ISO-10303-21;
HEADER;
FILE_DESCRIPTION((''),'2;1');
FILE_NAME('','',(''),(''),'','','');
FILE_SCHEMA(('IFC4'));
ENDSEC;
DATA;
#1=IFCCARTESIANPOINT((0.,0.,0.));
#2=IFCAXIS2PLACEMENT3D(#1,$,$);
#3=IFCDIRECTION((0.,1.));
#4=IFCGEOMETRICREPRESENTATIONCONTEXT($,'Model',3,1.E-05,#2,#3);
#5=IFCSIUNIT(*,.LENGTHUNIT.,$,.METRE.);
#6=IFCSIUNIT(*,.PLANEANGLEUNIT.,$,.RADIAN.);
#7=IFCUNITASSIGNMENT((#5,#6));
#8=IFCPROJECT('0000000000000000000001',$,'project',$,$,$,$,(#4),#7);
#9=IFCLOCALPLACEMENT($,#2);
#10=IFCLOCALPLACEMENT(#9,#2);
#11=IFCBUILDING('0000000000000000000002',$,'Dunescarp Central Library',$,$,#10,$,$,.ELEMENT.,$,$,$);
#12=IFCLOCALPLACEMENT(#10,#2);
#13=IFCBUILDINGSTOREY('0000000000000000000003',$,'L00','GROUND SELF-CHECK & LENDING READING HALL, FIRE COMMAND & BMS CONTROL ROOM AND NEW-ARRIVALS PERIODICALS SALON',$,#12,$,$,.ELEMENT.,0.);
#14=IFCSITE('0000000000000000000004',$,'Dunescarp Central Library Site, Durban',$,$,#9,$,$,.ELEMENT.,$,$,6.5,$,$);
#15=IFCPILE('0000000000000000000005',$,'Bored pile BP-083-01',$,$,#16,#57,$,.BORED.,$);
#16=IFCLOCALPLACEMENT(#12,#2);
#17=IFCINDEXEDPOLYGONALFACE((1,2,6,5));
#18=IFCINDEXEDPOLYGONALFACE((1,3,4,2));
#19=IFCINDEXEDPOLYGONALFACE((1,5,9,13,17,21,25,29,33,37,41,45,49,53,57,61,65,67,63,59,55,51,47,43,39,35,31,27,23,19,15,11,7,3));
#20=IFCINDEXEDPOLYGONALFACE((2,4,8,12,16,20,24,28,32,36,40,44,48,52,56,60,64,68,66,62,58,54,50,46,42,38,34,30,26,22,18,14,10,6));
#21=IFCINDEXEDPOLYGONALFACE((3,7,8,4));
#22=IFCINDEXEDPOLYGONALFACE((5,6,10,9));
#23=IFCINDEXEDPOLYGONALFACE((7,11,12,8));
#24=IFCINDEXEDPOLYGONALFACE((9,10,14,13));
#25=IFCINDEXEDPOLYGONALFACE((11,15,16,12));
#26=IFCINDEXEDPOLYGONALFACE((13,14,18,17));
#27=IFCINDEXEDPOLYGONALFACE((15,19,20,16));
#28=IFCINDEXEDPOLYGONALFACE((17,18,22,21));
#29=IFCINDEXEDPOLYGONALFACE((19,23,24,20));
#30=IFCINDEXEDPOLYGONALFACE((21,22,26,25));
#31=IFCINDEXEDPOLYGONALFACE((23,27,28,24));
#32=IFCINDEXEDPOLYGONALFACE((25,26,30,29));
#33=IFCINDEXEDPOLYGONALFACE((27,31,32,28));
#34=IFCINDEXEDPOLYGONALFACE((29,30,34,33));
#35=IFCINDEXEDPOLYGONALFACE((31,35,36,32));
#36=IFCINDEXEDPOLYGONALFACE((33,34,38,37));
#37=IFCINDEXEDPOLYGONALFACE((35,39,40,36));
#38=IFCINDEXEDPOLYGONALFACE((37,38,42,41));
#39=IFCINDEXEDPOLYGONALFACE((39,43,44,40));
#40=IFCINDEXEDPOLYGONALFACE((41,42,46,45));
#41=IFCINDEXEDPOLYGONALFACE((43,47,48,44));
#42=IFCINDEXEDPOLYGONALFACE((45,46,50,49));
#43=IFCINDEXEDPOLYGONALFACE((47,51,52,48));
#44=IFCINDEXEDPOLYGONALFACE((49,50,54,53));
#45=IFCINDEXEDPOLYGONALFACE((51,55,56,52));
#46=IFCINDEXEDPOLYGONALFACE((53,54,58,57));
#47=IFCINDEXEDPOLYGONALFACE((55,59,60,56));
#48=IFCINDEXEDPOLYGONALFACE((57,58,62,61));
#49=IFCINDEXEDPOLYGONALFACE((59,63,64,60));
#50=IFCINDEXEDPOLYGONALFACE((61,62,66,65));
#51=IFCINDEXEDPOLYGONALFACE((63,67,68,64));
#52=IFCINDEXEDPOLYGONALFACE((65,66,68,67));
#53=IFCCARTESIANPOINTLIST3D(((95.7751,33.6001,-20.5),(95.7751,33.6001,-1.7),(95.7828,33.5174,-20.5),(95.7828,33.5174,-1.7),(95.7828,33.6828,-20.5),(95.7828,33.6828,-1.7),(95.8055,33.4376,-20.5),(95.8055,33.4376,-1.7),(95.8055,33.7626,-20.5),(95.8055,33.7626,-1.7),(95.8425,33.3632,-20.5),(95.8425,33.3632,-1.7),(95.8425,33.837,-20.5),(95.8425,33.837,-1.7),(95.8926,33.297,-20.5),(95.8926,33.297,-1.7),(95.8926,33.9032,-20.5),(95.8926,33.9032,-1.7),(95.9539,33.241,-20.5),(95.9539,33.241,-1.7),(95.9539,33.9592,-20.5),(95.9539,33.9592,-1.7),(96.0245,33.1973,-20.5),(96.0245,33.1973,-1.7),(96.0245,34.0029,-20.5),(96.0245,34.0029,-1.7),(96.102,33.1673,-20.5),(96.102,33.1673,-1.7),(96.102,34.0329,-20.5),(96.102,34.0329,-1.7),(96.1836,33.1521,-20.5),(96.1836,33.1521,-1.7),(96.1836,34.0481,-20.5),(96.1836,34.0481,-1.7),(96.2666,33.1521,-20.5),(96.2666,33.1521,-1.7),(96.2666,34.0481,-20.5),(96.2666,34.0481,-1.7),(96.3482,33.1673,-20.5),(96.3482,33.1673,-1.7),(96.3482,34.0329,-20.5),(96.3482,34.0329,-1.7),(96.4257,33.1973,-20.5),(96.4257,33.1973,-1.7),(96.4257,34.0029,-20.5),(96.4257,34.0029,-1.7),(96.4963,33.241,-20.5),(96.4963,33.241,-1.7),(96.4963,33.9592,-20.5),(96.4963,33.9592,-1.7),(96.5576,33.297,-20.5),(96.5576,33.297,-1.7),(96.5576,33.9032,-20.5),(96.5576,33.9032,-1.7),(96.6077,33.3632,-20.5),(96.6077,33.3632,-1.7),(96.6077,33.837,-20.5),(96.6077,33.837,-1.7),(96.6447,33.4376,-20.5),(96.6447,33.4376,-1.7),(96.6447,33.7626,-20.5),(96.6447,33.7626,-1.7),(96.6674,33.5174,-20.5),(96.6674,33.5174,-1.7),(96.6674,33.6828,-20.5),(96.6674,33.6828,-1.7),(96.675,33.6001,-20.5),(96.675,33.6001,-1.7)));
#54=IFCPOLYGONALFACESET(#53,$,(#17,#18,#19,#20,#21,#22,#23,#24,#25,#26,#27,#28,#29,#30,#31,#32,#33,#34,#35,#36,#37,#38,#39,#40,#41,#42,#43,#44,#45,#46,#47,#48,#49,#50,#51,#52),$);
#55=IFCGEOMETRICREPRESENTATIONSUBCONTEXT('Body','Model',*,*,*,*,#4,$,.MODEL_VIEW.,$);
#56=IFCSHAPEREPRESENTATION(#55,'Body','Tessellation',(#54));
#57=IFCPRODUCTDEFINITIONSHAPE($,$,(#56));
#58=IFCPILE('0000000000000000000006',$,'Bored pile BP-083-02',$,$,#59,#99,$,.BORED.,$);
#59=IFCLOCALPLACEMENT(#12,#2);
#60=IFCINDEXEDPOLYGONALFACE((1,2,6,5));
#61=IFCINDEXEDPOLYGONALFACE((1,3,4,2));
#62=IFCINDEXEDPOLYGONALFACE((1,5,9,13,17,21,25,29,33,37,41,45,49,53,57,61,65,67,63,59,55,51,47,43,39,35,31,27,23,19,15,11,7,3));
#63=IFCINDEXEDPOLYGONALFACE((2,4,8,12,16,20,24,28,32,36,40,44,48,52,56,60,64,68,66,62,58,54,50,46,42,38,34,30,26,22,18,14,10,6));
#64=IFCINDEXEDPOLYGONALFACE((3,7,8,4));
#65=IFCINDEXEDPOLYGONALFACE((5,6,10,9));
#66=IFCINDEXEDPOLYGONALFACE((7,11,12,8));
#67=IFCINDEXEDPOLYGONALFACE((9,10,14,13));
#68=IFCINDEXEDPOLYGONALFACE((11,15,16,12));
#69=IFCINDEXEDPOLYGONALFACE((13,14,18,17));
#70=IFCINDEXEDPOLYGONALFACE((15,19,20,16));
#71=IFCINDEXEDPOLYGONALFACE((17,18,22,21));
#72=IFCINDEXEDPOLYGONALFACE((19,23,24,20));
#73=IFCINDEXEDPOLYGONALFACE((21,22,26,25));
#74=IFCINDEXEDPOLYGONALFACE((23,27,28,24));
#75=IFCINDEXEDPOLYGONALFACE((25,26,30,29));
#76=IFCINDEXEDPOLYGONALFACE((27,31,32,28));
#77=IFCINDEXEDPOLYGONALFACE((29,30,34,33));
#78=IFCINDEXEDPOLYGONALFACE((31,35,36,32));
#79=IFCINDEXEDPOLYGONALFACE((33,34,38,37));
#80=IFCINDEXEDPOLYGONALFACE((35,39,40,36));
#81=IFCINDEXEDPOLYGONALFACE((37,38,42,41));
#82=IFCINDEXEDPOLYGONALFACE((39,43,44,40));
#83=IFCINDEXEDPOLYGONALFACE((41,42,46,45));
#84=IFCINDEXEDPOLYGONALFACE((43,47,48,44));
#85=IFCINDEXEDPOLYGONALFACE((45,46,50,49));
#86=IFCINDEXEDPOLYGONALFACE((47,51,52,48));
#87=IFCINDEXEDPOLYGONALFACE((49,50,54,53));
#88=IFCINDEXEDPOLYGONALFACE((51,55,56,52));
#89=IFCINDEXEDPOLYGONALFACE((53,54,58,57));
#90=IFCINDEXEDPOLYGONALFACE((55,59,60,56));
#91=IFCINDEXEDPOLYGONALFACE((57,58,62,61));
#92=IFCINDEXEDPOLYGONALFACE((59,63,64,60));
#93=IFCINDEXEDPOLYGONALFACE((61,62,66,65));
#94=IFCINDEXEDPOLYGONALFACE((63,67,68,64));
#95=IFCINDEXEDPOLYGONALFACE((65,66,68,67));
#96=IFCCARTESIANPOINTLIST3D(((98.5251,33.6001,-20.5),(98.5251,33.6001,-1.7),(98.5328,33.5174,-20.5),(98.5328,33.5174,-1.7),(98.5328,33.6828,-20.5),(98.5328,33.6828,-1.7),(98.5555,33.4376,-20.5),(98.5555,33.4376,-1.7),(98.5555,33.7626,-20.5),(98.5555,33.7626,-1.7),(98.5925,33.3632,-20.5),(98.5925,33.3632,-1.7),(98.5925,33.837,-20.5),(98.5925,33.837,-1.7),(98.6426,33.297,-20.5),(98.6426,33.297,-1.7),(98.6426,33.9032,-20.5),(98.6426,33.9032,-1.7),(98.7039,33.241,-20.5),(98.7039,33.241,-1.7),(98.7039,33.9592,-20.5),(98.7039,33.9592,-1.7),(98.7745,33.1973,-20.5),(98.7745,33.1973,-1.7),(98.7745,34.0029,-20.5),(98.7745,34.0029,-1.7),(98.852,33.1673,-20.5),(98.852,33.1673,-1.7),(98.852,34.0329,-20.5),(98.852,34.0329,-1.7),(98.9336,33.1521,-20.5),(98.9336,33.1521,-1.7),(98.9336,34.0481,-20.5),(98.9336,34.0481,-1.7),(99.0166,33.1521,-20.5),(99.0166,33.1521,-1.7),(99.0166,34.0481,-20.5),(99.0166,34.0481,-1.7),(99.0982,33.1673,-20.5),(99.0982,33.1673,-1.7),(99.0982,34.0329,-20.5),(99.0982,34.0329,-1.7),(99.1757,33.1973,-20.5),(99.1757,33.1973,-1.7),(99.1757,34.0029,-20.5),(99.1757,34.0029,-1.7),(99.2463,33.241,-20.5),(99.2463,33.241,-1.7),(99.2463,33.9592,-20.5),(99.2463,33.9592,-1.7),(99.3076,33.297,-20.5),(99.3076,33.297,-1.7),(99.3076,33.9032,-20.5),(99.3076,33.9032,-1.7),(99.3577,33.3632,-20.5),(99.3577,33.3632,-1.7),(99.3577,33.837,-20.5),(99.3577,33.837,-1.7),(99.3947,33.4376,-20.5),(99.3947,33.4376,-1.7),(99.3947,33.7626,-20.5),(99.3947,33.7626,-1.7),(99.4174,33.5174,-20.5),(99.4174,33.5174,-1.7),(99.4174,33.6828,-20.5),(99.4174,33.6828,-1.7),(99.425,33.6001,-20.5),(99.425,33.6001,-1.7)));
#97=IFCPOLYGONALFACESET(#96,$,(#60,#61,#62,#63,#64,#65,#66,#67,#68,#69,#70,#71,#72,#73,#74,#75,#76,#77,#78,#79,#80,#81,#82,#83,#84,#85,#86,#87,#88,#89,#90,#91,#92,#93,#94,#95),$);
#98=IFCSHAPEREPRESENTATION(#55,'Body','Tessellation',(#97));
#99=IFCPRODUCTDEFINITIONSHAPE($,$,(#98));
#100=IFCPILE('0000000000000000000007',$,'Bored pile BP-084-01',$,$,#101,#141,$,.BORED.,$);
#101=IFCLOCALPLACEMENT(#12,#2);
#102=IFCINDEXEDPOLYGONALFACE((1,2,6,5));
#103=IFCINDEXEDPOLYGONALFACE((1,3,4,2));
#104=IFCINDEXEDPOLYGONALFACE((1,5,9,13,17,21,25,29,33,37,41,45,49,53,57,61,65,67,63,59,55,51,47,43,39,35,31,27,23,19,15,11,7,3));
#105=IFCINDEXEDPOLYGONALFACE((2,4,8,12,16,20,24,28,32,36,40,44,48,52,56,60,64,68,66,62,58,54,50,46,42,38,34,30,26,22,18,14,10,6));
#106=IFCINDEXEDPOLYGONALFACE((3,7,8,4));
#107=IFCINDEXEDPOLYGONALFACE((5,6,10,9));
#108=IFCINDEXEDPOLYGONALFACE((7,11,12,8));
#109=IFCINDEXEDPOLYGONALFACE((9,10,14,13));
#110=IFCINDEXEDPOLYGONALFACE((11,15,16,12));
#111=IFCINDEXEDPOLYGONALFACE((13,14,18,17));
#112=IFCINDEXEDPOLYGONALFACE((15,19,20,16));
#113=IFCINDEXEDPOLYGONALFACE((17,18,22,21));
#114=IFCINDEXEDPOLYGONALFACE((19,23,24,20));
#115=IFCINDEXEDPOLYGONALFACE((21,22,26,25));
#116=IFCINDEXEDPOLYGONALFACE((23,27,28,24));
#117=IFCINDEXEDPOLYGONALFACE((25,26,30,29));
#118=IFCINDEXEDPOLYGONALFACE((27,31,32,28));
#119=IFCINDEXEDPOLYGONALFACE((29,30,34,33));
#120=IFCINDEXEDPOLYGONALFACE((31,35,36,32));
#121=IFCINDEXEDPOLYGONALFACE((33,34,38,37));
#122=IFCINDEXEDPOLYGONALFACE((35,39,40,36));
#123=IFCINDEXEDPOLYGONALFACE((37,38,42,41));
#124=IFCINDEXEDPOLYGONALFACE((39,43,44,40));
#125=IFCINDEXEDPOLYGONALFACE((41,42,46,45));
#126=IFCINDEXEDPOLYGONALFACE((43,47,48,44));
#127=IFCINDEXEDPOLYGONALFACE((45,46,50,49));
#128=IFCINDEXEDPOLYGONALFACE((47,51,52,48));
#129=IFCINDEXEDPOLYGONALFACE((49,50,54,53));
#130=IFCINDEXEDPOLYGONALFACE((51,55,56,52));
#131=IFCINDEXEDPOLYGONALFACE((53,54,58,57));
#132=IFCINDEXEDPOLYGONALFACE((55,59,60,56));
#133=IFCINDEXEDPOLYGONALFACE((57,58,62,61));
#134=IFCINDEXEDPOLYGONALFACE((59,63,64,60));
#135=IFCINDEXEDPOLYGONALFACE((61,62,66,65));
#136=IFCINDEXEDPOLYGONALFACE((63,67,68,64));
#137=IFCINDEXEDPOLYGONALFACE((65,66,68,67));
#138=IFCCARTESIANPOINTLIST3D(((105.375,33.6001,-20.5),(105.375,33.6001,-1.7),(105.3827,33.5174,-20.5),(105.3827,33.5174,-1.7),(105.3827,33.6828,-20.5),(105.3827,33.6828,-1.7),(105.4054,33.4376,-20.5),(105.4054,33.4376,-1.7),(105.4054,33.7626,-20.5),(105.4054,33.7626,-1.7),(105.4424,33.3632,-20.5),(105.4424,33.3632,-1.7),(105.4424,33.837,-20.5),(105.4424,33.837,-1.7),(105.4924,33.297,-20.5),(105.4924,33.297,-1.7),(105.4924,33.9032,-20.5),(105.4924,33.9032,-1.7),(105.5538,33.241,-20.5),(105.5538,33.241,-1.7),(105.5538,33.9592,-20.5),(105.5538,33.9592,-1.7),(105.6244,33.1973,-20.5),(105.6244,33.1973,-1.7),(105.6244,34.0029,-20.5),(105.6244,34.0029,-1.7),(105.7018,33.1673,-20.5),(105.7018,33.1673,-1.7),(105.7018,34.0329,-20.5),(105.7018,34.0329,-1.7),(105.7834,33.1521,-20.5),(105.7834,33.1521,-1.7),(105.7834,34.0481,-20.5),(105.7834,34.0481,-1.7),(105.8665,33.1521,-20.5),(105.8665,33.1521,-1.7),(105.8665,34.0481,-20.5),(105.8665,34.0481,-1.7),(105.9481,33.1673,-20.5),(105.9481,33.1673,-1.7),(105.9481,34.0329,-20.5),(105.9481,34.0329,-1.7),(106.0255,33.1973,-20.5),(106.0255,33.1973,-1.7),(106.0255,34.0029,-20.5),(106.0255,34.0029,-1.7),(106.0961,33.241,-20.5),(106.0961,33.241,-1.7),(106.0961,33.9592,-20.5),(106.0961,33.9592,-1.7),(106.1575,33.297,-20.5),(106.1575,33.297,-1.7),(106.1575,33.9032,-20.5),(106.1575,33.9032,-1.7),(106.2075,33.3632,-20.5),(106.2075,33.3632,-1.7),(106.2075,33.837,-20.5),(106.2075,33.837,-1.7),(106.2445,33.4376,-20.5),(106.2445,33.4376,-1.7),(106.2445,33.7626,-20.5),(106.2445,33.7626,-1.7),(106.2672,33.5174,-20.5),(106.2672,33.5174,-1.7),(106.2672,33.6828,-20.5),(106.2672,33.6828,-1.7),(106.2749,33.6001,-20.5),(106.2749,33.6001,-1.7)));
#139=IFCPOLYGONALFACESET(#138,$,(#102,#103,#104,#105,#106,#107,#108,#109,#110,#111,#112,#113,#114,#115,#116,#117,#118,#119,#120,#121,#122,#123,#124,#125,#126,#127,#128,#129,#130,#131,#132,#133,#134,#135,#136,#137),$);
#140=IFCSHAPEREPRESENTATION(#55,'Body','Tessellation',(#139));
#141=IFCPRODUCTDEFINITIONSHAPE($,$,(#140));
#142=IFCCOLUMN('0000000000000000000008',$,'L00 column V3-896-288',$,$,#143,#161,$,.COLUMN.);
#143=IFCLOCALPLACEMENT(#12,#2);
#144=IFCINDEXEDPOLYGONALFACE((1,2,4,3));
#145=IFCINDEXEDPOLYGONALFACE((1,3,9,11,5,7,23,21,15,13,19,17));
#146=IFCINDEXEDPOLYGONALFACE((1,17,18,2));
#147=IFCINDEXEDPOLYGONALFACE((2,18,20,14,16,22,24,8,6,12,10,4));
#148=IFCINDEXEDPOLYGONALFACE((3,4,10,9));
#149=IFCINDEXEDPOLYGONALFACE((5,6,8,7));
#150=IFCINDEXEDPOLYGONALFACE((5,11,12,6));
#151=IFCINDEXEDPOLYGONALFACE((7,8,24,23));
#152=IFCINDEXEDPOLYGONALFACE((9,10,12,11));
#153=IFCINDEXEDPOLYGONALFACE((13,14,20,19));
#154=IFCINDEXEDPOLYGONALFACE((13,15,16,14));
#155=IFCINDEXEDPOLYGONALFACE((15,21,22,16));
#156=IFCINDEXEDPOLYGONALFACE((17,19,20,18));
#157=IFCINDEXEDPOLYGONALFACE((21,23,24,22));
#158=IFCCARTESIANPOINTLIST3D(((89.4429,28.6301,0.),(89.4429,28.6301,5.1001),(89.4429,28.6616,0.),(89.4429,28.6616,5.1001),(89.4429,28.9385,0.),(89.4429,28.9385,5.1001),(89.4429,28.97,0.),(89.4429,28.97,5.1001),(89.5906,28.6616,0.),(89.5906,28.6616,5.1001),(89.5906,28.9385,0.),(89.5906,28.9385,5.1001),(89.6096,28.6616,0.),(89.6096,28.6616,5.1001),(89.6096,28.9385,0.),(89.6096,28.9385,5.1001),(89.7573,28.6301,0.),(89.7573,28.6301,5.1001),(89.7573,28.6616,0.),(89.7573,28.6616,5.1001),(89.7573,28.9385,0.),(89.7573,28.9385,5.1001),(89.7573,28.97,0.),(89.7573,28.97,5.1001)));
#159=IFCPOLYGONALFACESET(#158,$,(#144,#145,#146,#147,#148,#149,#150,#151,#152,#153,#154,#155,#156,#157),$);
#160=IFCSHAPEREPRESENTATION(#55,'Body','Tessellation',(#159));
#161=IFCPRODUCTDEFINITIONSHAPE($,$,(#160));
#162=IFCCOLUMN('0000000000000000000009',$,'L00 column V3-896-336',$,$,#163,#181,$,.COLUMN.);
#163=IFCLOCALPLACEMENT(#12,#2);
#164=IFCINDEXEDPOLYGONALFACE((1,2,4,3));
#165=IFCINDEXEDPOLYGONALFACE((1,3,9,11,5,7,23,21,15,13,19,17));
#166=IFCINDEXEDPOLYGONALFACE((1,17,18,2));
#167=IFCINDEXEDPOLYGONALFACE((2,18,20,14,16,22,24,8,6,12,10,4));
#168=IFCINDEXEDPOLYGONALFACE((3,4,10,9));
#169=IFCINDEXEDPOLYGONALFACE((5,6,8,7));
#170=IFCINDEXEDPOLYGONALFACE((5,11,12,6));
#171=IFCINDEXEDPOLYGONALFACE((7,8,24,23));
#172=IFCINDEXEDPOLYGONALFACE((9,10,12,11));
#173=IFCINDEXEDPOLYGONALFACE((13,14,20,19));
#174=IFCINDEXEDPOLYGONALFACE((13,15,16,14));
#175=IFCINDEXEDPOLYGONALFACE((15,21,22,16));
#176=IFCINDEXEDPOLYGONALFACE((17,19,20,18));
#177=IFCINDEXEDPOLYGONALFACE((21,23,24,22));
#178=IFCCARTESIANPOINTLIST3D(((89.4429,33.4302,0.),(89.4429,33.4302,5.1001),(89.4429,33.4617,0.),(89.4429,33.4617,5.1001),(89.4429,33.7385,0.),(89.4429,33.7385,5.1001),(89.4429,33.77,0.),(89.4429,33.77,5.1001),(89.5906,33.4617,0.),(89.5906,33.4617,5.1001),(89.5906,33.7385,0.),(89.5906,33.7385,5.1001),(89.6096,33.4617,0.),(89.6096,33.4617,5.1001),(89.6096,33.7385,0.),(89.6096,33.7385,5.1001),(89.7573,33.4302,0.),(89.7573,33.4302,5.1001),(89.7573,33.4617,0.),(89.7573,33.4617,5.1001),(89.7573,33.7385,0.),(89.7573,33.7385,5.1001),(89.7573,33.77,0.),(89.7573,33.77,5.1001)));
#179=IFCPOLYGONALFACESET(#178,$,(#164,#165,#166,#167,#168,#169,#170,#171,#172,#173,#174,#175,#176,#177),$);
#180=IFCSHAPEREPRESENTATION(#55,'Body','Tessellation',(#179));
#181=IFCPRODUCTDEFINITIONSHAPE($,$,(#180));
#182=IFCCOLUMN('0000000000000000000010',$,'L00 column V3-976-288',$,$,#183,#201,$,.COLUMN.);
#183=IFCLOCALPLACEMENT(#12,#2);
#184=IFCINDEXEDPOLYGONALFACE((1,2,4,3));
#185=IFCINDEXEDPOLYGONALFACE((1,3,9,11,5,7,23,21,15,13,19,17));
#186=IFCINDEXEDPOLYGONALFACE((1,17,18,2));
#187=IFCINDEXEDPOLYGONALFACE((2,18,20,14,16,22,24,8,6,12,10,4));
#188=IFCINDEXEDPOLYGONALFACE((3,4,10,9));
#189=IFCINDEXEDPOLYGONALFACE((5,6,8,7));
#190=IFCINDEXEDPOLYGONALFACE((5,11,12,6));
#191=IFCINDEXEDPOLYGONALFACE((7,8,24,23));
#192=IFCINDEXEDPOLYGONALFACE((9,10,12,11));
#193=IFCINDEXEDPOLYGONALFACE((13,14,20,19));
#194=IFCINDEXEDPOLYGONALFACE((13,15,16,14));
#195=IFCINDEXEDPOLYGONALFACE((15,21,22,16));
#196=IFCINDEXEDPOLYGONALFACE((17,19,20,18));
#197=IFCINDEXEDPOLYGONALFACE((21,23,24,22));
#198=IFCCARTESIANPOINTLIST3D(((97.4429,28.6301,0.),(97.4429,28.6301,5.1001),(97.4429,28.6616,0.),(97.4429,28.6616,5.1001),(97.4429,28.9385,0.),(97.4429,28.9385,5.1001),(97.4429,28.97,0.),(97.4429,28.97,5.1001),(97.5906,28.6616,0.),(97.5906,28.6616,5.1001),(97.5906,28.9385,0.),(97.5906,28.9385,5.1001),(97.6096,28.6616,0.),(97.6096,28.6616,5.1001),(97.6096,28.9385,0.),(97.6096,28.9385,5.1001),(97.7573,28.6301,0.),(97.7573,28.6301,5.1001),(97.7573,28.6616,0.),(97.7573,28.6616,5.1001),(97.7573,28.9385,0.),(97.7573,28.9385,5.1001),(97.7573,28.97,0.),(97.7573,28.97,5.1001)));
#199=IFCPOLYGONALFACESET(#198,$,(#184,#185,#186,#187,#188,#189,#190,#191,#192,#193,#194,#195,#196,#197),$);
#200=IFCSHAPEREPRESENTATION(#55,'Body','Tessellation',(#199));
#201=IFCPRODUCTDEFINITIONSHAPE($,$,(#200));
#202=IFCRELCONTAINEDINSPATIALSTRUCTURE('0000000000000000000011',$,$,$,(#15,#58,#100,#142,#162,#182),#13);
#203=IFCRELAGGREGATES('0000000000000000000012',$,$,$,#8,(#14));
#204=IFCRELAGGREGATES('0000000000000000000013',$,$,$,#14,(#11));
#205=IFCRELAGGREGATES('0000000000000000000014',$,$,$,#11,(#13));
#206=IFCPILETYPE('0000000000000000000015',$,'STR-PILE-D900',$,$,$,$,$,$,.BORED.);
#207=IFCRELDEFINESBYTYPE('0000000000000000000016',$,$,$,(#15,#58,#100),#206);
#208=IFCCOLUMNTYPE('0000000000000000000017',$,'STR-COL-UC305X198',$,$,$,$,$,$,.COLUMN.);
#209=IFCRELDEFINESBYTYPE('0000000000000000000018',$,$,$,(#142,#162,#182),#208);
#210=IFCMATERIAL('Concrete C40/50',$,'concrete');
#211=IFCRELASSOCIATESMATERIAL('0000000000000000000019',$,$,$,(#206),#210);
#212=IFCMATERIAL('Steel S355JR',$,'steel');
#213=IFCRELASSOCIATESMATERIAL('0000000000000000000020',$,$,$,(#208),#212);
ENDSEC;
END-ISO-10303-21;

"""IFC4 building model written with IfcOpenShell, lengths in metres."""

from ifc_helpers import new_model, si_unit, direction, frame, origin, origin_2d, place, context, subcontext, project, spatial, circle, i_section, extrude, material, material_profile, profile_set, type_object, element, save


model = new_model("IFC4")

# Units and contexts
model_context = context("Model", 3, precision=1e-05, world=origin(), true_north=direction((0.0, 1.0)))
body_context = subcontext(model_context, "Body", "Model", "MODEL_VIEW")
ifc_project = project(units=[si_unit("LENGTHUNIT", "METRE"), si_unit("PLANEANGLEUNIT", "RADIAN")], contexts=[model_context])

# Site, building, storey
site_placement = place(None, origin())
site = spatial("IfcSite", under=ifc_project, at=site_placement, Name="Dunescarp Central Library Site, Durban", CompositionType="ELEMENT", RefElevation=6.5)
building_placement = place(site_placement, origin())
building = spatial("IfcBuilding", under=site, at=building_placement, Name="Dunescarp Central Library", CompositionType="ELEMENT")
storey_placement = place(building_placement, origin())
storey = spatial("IfcBuildingStorey", under=building, at=storey_placement, Name="L00", Description="GROUND SELF-CHECK & LENDING READING HALL, FIRE COMMAND & BMS CONTROL ROOM AND NEW-ARRIVALS PERIODICALS SALON", CompositionType="ELEMENT", Elevation=0.0)

# Shared definitions
ifc_material_1 = material(Name="Concrete C40/50", Category="concrete")

# Piles
ifc_material_profile_1 = material_profile(ifc_material_1, circle(Radius=0.45, at=origin_2d()), Name="PILE D900")
ifc_profile_set_1 = profile_set([ifc_material_profile_1], Name="Concrete C40/50")
pile_type = type_object("IfcPileType", Name="STR-PILE-D900", PredefinedType="BORED", material=ifc_profile_set_1)
for number, where, z_axis, x_axis, name in (
    (1, (96.2251, 33.6001, -1.7), (0.0, 0.0, -1.0), (1.0, 0.0, 0.0), "Bored pile BP-083-01"),
    (2, (98.9751, 33.6001, -1.7), (0.0, 0.0, -1.0), (1.0, 0.0, 0.0), "Bored pile BP-083-02"),
    (3, (105.825, 33.6001, -1.7), (0.0, 0.0, -1.0), (1.0, 0.0, 0.0), "Bored pile BP-084-01"),
):
    element("IfcPile", number, at=place(storey_placement, frame(where, z_axis=z_axis, x_axis=x_axis)), inside=storey, type_object=pile_type, Name=name, PredefinedType="BORED", context=body_context, shape_type="SweptSolid", body=[
        extrude(circle(Radius=0.45, at=origin_2d()), origin(), (0.0, 0.0, 1.0), 18.8),
    ])

# Columns
ifc_material_2 = material(Name="Steel S355JR", Category="steel")
ifc_material_profile_2 = material_profile(ifc_material_2, i_section(OverallWidth=0.3145, OverallDepth=0.3398, WebThickness=0.019, FlangeThickness=0.0315, at=origin_2d()), Name="UC 305x305x198")
ifc_profile_set_2 = profile_set([ifc_material_profile_2], Name="Steel S355JR")
column_type = type_object("IfcColumnType", Name="STR-COL-UC305X198", PredefinedType="COLUMN", material=ifc_profile_set_2)
for number, where, z_axis, x_axis, name in (
    (4, (89.6001, 28.8, 0.0), (0.0, 0.0, 1.0), (1.0, 0.0, 0.0), "L00 column V3-896-288"),
    (5, (89.6001, 33.6001, 0.0), (0.0, 0.0, 1.0), (1.0, 0.0, 0.0), "L00 column V3-896-336"),
    (6, (97.6001, 28.8, 0.0), (0.0, 0.0, 1.0), (1.0, 0.0, 0.0), "L00 column V3-976-288"),
):
    element("IfcColumn", number, at=place(storey_placement, frame(where, z_axis=z_axis, x_axis=x_axis)), inside=storey, type_object=column_type, Name=name, PredefinedType="COLUMN", context=body_context, shape_type="SweptSolid", body=[
        extrude(i_section(OverallWidth=0.3145, OverallDepth=0.3398, WebThickness=0.019, FlangeThickness=0.0315, at=origin_2d()), origin(), (0.0, 0.0, 1.0), 5.1001),
    ])

save(model, "model.ifc")
